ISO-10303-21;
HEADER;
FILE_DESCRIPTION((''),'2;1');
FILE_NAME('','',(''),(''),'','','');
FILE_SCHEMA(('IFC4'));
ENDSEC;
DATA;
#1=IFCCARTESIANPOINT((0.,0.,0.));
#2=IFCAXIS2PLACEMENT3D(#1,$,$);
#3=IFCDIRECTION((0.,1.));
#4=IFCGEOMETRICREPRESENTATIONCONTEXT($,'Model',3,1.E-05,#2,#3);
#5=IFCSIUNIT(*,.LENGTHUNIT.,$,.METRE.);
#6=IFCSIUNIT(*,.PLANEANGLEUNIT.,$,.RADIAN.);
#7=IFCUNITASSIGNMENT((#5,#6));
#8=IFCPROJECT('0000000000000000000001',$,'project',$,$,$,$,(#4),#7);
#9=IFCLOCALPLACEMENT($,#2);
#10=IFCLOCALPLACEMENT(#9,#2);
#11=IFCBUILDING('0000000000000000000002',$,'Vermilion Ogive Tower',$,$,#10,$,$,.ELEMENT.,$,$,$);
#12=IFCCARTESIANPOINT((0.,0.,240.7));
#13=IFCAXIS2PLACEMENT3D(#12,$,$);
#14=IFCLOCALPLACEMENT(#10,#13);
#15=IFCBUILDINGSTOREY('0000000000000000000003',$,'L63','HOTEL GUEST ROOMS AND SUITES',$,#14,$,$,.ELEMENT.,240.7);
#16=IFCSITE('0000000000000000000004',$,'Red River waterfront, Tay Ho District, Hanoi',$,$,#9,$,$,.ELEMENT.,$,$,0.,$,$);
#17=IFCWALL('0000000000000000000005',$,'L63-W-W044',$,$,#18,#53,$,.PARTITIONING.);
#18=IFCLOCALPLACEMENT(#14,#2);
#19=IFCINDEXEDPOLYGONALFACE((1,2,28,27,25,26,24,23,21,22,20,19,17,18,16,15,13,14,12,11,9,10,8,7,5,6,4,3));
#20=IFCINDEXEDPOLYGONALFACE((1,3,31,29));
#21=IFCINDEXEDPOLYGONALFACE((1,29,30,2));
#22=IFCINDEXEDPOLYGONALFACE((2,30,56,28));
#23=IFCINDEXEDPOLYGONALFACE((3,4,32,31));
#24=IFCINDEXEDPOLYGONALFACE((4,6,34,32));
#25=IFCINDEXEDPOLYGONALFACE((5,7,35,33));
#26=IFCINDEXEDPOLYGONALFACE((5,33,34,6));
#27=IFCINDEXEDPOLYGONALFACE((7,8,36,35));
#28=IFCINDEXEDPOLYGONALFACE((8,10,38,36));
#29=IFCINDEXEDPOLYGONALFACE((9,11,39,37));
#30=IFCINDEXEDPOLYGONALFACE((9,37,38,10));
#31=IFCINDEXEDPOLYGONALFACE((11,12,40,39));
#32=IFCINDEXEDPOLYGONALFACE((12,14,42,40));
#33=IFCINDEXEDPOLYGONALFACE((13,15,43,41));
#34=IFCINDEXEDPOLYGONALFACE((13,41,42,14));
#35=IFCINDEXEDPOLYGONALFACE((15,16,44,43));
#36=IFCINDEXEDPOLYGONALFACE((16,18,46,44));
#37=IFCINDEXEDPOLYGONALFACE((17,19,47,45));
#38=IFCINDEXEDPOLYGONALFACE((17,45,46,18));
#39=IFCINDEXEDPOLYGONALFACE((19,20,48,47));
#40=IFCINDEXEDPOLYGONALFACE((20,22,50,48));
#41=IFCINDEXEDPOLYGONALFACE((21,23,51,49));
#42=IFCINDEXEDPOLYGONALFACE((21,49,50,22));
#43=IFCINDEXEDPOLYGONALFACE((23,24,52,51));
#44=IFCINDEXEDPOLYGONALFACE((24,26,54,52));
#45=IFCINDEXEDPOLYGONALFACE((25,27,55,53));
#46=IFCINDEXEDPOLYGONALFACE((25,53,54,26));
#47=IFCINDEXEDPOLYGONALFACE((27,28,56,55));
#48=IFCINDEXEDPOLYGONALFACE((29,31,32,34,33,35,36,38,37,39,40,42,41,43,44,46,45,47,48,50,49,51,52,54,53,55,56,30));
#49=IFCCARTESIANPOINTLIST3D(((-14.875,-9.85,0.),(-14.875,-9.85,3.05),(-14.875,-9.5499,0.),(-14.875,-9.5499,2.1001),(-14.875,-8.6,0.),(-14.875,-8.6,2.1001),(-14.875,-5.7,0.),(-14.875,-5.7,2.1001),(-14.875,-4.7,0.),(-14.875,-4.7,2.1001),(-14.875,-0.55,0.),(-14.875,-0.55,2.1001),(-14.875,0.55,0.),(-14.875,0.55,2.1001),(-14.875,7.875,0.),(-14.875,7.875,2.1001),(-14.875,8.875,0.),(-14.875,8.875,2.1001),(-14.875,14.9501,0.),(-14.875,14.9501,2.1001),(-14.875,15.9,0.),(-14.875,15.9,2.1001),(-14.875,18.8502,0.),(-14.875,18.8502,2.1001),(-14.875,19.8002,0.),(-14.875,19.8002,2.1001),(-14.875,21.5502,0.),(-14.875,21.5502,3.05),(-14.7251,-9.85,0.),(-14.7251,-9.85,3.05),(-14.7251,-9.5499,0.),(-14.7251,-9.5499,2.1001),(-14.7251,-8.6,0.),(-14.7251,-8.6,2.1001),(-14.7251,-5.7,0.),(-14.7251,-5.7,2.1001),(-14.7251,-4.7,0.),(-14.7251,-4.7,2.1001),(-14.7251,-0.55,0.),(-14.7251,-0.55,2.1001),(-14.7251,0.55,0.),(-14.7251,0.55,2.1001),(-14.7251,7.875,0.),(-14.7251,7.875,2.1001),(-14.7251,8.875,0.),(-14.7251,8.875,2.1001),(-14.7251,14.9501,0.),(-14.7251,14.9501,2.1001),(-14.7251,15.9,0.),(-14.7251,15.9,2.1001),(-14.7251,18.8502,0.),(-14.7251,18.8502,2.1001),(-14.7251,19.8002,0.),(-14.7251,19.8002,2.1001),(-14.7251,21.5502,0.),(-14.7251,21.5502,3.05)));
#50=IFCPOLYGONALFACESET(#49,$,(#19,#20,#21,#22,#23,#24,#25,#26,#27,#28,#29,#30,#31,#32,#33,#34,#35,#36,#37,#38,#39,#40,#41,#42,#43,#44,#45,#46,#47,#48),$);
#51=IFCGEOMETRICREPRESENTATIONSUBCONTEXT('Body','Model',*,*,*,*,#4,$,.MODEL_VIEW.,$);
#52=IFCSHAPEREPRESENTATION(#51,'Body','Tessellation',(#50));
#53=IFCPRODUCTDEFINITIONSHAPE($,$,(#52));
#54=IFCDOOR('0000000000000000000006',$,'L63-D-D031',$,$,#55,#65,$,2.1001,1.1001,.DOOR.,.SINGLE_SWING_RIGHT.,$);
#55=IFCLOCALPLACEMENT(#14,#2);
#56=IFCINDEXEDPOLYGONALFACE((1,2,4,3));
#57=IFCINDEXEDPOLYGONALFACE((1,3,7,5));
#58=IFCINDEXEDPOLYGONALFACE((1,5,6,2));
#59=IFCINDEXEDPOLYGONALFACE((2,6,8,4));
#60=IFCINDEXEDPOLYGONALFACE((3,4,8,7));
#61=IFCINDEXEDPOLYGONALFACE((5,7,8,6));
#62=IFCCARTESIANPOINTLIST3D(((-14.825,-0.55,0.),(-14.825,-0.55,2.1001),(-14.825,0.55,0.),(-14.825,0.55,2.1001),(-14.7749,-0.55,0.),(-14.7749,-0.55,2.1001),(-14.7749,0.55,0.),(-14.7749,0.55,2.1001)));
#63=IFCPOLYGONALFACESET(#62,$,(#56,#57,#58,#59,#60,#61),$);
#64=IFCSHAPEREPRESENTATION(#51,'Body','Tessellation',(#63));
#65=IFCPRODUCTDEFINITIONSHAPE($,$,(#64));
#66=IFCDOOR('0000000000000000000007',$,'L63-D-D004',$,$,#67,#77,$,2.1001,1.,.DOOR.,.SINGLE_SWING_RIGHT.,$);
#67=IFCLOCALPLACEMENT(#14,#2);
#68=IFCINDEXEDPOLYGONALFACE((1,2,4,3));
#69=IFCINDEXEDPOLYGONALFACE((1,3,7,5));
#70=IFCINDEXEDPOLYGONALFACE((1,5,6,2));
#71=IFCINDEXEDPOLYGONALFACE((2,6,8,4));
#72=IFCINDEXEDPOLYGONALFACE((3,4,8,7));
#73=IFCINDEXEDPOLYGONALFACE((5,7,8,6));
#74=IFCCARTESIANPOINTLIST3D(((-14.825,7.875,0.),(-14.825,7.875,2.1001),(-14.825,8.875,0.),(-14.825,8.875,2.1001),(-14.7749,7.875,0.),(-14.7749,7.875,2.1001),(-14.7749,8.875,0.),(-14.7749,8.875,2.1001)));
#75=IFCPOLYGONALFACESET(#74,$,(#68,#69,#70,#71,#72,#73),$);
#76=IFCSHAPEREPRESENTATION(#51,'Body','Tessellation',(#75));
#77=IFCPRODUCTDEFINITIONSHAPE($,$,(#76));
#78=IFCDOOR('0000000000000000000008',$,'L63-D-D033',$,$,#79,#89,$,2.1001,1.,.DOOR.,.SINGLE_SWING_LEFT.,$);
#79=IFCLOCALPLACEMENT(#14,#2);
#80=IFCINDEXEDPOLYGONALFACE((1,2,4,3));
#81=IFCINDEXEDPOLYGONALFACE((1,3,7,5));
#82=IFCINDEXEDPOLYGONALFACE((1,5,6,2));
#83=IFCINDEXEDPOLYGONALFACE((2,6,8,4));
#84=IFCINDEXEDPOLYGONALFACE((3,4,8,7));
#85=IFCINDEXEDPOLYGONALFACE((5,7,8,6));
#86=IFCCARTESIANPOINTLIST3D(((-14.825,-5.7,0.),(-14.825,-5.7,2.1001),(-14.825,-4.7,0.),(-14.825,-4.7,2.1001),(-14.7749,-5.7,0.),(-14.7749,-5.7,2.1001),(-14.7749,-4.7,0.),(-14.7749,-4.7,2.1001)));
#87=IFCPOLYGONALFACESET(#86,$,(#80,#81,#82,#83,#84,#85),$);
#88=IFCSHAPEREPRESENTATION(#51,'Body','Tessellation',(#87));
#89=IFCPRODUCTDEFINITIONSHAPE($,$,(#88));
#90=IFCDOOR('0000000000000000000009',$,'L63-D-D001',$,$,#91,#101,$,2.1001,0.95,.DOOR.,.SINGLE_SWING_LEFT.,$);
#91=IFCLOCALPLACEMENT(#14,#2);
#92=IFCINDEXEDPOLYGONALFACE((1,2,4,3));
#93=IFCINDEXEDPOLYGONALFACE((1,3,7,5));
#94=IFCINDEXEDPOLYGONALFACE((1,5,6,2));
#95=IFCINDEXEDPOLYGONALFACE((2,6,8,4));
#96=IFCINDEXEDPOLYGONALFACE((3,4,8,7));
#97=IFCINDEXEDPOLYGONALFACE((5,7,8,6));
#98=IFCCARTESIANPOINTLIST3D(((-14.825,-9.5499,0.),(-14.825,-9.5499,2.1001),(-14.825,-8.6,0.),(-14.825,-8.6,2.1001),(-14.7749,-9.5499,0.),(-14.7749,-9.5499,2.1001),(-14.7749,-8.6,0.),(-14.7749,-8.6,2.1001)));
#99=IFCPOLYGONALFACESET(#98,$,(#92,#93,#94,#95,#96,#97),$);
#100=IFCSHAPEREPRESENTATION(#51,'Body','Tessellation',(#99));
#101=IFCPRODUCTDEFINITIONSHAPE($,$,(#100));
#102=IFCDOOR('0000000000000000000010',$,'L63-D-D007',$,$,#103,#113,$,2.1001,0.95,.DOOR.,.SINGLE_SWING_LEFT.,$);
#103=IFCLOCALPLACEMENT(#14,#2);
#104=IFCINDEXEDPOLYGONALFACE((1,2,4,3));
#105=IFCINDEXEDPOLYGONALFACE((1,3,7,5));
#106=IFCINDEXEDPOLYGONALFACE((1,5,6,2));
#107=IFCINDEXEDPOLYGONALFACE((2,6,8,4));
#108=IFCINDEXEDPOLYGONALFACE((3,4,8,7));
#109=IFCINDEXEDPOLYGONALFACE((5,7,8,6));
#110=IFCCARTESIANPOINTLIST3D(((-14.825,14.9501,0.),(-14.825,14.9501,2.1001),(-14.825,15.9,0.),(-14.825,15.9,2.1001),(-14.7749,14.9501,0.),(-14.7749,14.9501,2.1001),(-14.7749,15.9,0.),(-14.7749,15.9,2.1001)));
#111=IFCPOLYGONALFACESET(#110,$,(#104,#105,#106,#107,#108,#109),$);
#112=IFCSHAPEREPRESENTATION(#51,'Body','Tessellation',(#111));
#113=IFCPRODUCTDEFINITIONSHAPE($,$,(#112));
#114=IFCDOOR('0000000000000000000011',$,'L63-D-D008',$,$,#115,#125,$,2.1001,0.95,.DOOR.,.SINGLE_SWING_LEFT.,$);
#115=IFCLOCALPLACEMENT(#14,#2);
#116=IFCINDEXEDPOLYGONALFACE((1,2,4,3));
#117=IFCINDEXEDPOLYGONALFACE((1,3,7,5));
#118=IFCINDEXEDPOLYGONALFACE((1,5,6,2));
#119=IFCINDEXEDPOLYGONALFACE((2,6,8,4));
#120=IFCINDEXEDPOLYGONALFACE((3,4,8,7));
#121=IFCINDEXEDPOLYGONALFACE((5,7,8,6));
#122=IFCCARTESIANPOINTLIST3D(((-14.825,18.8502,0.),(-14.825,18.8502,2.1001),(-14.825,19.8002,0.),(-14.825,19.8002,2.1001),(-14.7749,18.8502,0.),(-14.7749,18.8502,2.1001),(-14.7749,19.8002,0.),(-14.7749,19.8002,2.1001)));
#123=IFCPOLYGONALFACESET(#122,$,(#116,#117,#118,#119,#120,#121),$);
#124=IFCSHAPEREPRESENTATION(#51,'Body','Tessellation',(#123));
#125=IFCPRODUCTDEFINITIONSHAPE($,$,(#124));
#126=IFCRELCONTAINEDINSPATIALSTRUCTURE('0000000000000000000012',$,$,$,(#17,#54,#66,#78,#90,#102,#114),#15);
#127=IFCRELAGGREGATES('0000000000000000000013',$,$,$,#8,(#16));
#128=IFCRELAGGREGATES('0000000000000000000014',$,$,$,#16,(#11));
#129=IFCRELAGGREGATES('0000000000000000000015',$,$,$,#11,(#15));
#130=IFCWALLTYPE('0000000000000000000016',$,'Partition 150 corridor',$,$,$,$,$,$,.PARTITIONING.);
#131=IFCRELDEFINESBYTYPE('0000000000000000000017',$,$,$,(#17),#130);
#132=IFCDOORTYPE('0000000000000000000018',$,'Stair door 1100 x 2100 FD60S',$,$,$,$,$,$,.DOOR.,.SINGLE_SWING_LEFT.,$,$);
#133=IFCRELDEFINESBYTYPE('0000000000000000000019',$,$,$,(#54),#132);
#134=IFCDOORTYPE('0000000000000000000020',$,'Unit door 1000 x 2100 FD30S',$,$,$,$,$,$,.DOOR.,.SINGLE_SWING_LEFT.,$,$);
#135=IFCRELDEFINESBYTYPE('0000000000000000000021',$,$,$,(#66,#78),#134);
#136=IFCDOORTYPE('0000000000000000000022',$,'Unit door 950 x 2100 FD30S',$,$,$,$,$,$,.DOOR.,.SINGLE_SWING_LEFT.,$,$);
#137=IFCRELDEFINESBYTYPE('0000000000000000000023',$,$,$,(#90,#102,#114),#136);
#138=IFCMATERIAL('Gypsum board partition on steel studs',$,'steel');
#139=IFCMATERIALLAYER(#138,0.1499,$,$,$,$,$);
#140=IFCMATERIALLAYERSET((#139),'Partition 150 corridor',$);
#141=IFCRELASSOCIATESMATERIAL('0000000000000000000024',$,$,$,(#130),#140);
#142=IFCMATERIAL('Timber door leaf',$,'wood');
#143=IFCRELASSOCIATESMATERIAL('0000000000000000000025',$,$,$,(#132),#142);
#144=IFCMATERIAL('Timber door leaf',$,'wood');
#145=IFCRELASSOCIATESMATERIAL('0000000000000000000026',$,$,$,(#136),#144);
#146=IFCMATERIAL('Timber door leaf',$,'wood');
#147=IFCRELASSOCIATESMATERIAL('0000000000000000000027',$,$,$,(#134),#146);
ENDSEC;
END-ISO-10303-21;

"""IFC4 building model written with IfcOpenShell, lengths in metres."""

from ifc_helpers import new_model, si_unit, direction, frame, frame_2d, origin, place, context, subcontext, project, spatial, rectangle, extrude, material, layer, layer_set, type_object, element, fill, save


model = new_model("IFC4")

# Units and contexts
model_context = context("Model", 3, precision=1e-05, world=origin(), true_north=direction((0.0, 1.0)))
body_context = subcontext(model_context, "Body", "Model", "MODEL_VIEW")
ifc_project = project(units=[si_unit("LENGTHUNIT", "METRE"), si_unit("PLANEANGLEUNIT", "RADIAN")], contexts=[model_context])

# Site, building, storey
site_placement = place(None, origin())
site = spatial("IfcSite", under=ifc_project, at=site_placement, Name="Red River waterfront, Tay Ho District, Hanoi", CompositionType="ELEMENT", RefElevation=0.0)
building_placement = place(site_placement, origin())
building = spatial("IfcBuilding", under=site, at=building_placement, Name="Vermilion Ogive Tower", CompositionType="ELEMENT")
storey_placement = place(building_placement, frame((0.0, 0.0, 240.7)))
storey = spatial("IfcBuildingStorey", under=building, at=storey_placement, Name="L63", Description="HOTEL GUEST ROOMS AND SUITES", CompositionType="ELEMENT", Elevation=240.7)

# Wall, openings, doors
ifc_material_1 = material(Name="Gypsum board partition on steel studs", Category="steel")
ifc_layer_1 = layer(ifc_material_1, 0.1499)
ifc_layer_set_1 = layer_set([ifc_layer_1], Name="Partition 150 corridor")
wall_type_1 = type_object("IfcWallType", Name="Partition 150 corridor", PredefinedType="PARTITIONING", material=ifc_layer_set_1)
ifc_material_2 = material(Name="Timber door leaf", Category="wood")
door_type_1 = type_object("IfcDoorType", Name="Stair door 1100 x 2100 FD60S", OperationType="SINGLE_SWING_LEFT", PredefinedType="DOOR", material=ifc_material_2)
ifc_material_3 = material(Name="Timber door leaf", Category="wood")
door_type_2 = type_object("IfcDoorType", Name="Unit door 950 x 2100 FD30S", OperationType="SINGLE_SWING_LEFT", PredefinedType="DOOR", material=ifc_material_3)
wall_1_placement = place(storey_placement, frame((-14.8, -9.8501, 0.0), z_axis=(0.0, 0.0, 1.0), x_axis=(0.0, 1.0, 0.0)))
wall_1 = element("IfcWall", 1, at=wall_1_placement, inside=storey, type_object=wall_type_1, Name="L63-W-W044", PredefinedType="PARTITIONING", context=body_context, shape_type="SweptSolid", body=[
    extrude(rectangle(XDim=31.4001, YDim=0.1499, at=frame_2d((15.7002, 0.0))), origin(), (0.0, 0.0, 1.0), 3.05),
])
opening_1_placement = place(wall_1_placement, frame((0.3, 0.0, 0.0)))
opening_1 = element("IfcOpeningElement", 2, at=opening_1_placement, cuts=wall_1, PredefinedType="OPENING", context=body_context, shape_type="SweptSolid", body=[
    extrude(rectangle(XDim=0.95, YDim=2.1001, at=frame_2d((0.4751, 1.05))), frame((0.0, 0.085, 0.0), z_axis=(0.0, -1.0, 0.0), x_axis=(1.0, 0.0, 0.0)), (0.0, 0.0, 1.0), 0.1699),
])
opening_2_placement = place(wall_1_placement, frame((17.7251, 0.0, 0.0)))
opening_2 = element("IfcOpeningElement", 3, at=opening_2_placement, cuts=wall_1, PredefinedType="OPENING", context=body_context, shape_type="SweptSolid", body=[
    extrude(rectangle(XDim=1.0, YDim=2.1001, at=frame_2d((0.5, 1.05))), frame((0.0, 0.085, 0.0), z_axis=(0.0, -1.0, 0.0), x_axis=(1.0, 0.0, 0.0)), (0.0, 0.0, 1.0), 0.1699),
])
opening_3_placement = place(wall_1_placement, frame((24.8, 0.0, 0.0)))
opening_3 = element("IfcOpeningElement", 4, at=opening_3_placement, cuts=wall_1, PredefinedType="OPENING", context=body_context, shape_type="SweptSolid", body=[
    extrude(rectangle(XDim=0.95, YDim=2.1001, at=frame_2d((0.4751, 1.05))), frame((0.0, 0.085, 0.0), z_axis=(0.0, -1.0, 0.0), x_axis=(1.0, 0.0, 0.0)), (0.0, 0.0, 1.0), 0.1699),
])
opening_4_placement = place(wall_1_placement, frame((28.7002, 0.0, 0.0)))
opening_4 = element("IfcOpeningElement", 5, at=opening_4_placement, cuts=wall_1, PredefinedType="OPENING", context=body_context, shape_type="SweptSolid", body=[
    extrude(rectangle(XDim=0.95, YDim=2.1001, at=frame_2d((0.4751, 1.05))), frame((0.0, 0.085, 0.0), z_axis=(0.0, -1.0, 0.0), x_axis=(1.0, 0.0, 0.0)), (0.0, 0.0, 1.0), 0.1699),
])
opening_5_placement = place(wall_1_placement, frame((9.3, 0.0, 0.0)))
opening_5 = element("IfcOpeningElement", 6, at=opening_5_placement, cuts=wall_1, PredefinedType="OPENING", context=body_context, shape_type="SweptSolid", body=[
    extrude(rectangle(XDim=1.1001, YDim=2.1001, at=frame_2d((0.55, 1.05))), frame((0.0, 0.085, 0.0), z_axis=(0.0, -1.0, 0.0), x_axis=(1.0, 0.0, 0.0)), (0.0, 0.0, 1.0), 0.1699),
])
opening_6_placement = place(wall_1_placement, frame((4.1501, 0.0, 0.0)))
opening_6 = element("IfcOpeningElement", 7, at=opening_6_placement, cuts=wall_1, PredefinedType="OPENING", context=body_context, shape_type="SweptSolid", body=[
    extrude(rectangle(XDim=1.0, YDim=2.1001, at=frame_2d((0.5, 1.05))), frame((0.0, 0.085, 0.0), z_axis=(0.0, -1.0, 0.0), x_axis=(1.0, 0.0, 0.0)), (0.0, 0.0, 1.0), 0.1699),
])
door_1_placement = place(opening_5_placement, origin())
door_1 = element("IfcDoor", 8, at=door_1_placement, inside=storey, type_object=door_type_1, Name="L63-D-D031", OperationType="SINGLE_SWING_RIGHT", OverallHeight=2.1001, OverallWidth=1.1001, PredefinedType="DOOR", context=body_context, shape_type="SweptSolid", body=[
    extrude(rectangle(XDim=1.1001, YDim=2.1001, at=frame_2d((0.55, 1.05))), frame((0.0, 0.0249, 0.0), z_axis=(0.0, -1.0, 0.0), x_axis=(1.0, 0.0, 0.0)), (0.0, 0.0, 1.0), 0.05),
])
fill(opening_5, door_1)
ifc_material_4 = material(Name="Timber door leaf", Category="wood")
door_type_3 = type_object("IfcDoorType", Name="Unit door 1000 x 2100 FD30S", OperationType="SINGLE_SWING_LEFT", PredefinedType="DOOR", material=ifc_material_4)
door_2_placement = place(opening_2_placement, origin())
door_2 = element("IfcDoor", 9, at=door_2_placement, inside=storey, type_object=door_type_3, Name="L63-D-D004", OperationType="SINGLE_SWING_RIGHT", OverallHeight=2.1001, OverallWidth=1.0, PredefinedType="DOOR", context=body_context, shape_type="SweptSolid", body=[
    extrude(rectangle(XDim=1.0, YDim=2.1001, at=frame_2d((0.5, 1.05))), frame((0.0, 0.0249, 0.0), z_axis=(0.0, -1.0, 0.0), x_axis=(1.0, 0.0, 0.0)), (0.0, 0.0, 1.0), 0.05),
])
fill(opening_2, door_2)
door_3_placement = place(opening_6_placement, origin())
door_3 = element("IfcDoor", 10, at=door_3_placement, inside=storey, type_object=door_type_3, Name="L63-D-D033", OperationType="SINGLE_SWING_LEFT", OverallHeight=2.1001, OverallWidth=1.0, PredefinedType="DOOR", context=body_context, shape_type="SweptSolid", body=[
    extrude(rectangle(XDim=1.0, YDim=2.1001, at=frame_2d((0.5, 1.05))), frame((0.0, 0.0249, 0.0), z_axis=(0.0, -1.0, 0.0), x_axis=(1.0, 0.0, 0.0)), (0.0, 0.0, 1.0), 0.05),
])
fill(opening_6, door_3)
door_4_placement = place(opening_1_placement, origin())
door_4 = element("IfcDoor", 11, at=door_4_placement, inside=storey, type_object=door_type_2, Name="L63-D-D001", OperationType="SINGLE_SWING_LEFT", OverallHeight=2.1001, OverallWidth=0.95, PredefinedType="DOOR", context=body_context, shape_type="SweptSolid", body=[
    extrude(rectangle(XDim=0.95, YDim=2.1001, at=frame_2d((0.4751, 1.05))), frame((0.0, 0.0249, 0.0), z_axis=(0.0, -1.0, 0.0), x_axis=(1.0, 0.0, 0.0)), (0.0, 0.0, 1.0), 0.05),
])
fill(opening_1, door_4)
door_5_placement = place(opening_3_placement, origin())
door_5 = element("IfcDoor", 12, at=door_5_placement, inside=storey, type_object=door_type_2, Name="L63-D-D007", OperationType="SINGLE_SWING_LEFT", OverallHeight=2.1001, OverallWidth=0.95, PredefinedType="DOOR", context=body_context, shape_type="SweptSolid", body=[
    extrude(rectangle(XDim=0.95, YDim=2.1001, at=frame_2d((0.4751, 1.05))), frame((0.0, 0.0249, 0.0), z_axis=(0.0, -1.0, 0.0), x_axis=(1.0, 0.0, 0.0)), (0.0, 0.0, 1.0), 0.05),
])
fill(opening_3, door_5)
door_6_placement = place(opening_4_placement, origin())
door_6 = element("IfcDoor", 13, at=door_6_placement, inside=storey, type_object=door_type_2, Name="L63-D-D008", OperationType="SINGLE_SWING_LEFT", OverallHeight=2.1001, OverallWidth=0.95, PredefinedType="DOOR", context=body_context, shape_type="SweptSolid", body=[
    extrude(rectangle(XDim=0.95, YDim=2.1001, at=frame_2d((0.4751, 1.05))), frame((0.0, 0.0249, 0.0), z_axis=(0.0, -1.0, 0.0), x_axis=(1.0, 0.0, 0.0)), (0.0, 0.0, 1.0), 0.05),
])
fill(opening_4, door_6)

save(model, "model.ifc")
